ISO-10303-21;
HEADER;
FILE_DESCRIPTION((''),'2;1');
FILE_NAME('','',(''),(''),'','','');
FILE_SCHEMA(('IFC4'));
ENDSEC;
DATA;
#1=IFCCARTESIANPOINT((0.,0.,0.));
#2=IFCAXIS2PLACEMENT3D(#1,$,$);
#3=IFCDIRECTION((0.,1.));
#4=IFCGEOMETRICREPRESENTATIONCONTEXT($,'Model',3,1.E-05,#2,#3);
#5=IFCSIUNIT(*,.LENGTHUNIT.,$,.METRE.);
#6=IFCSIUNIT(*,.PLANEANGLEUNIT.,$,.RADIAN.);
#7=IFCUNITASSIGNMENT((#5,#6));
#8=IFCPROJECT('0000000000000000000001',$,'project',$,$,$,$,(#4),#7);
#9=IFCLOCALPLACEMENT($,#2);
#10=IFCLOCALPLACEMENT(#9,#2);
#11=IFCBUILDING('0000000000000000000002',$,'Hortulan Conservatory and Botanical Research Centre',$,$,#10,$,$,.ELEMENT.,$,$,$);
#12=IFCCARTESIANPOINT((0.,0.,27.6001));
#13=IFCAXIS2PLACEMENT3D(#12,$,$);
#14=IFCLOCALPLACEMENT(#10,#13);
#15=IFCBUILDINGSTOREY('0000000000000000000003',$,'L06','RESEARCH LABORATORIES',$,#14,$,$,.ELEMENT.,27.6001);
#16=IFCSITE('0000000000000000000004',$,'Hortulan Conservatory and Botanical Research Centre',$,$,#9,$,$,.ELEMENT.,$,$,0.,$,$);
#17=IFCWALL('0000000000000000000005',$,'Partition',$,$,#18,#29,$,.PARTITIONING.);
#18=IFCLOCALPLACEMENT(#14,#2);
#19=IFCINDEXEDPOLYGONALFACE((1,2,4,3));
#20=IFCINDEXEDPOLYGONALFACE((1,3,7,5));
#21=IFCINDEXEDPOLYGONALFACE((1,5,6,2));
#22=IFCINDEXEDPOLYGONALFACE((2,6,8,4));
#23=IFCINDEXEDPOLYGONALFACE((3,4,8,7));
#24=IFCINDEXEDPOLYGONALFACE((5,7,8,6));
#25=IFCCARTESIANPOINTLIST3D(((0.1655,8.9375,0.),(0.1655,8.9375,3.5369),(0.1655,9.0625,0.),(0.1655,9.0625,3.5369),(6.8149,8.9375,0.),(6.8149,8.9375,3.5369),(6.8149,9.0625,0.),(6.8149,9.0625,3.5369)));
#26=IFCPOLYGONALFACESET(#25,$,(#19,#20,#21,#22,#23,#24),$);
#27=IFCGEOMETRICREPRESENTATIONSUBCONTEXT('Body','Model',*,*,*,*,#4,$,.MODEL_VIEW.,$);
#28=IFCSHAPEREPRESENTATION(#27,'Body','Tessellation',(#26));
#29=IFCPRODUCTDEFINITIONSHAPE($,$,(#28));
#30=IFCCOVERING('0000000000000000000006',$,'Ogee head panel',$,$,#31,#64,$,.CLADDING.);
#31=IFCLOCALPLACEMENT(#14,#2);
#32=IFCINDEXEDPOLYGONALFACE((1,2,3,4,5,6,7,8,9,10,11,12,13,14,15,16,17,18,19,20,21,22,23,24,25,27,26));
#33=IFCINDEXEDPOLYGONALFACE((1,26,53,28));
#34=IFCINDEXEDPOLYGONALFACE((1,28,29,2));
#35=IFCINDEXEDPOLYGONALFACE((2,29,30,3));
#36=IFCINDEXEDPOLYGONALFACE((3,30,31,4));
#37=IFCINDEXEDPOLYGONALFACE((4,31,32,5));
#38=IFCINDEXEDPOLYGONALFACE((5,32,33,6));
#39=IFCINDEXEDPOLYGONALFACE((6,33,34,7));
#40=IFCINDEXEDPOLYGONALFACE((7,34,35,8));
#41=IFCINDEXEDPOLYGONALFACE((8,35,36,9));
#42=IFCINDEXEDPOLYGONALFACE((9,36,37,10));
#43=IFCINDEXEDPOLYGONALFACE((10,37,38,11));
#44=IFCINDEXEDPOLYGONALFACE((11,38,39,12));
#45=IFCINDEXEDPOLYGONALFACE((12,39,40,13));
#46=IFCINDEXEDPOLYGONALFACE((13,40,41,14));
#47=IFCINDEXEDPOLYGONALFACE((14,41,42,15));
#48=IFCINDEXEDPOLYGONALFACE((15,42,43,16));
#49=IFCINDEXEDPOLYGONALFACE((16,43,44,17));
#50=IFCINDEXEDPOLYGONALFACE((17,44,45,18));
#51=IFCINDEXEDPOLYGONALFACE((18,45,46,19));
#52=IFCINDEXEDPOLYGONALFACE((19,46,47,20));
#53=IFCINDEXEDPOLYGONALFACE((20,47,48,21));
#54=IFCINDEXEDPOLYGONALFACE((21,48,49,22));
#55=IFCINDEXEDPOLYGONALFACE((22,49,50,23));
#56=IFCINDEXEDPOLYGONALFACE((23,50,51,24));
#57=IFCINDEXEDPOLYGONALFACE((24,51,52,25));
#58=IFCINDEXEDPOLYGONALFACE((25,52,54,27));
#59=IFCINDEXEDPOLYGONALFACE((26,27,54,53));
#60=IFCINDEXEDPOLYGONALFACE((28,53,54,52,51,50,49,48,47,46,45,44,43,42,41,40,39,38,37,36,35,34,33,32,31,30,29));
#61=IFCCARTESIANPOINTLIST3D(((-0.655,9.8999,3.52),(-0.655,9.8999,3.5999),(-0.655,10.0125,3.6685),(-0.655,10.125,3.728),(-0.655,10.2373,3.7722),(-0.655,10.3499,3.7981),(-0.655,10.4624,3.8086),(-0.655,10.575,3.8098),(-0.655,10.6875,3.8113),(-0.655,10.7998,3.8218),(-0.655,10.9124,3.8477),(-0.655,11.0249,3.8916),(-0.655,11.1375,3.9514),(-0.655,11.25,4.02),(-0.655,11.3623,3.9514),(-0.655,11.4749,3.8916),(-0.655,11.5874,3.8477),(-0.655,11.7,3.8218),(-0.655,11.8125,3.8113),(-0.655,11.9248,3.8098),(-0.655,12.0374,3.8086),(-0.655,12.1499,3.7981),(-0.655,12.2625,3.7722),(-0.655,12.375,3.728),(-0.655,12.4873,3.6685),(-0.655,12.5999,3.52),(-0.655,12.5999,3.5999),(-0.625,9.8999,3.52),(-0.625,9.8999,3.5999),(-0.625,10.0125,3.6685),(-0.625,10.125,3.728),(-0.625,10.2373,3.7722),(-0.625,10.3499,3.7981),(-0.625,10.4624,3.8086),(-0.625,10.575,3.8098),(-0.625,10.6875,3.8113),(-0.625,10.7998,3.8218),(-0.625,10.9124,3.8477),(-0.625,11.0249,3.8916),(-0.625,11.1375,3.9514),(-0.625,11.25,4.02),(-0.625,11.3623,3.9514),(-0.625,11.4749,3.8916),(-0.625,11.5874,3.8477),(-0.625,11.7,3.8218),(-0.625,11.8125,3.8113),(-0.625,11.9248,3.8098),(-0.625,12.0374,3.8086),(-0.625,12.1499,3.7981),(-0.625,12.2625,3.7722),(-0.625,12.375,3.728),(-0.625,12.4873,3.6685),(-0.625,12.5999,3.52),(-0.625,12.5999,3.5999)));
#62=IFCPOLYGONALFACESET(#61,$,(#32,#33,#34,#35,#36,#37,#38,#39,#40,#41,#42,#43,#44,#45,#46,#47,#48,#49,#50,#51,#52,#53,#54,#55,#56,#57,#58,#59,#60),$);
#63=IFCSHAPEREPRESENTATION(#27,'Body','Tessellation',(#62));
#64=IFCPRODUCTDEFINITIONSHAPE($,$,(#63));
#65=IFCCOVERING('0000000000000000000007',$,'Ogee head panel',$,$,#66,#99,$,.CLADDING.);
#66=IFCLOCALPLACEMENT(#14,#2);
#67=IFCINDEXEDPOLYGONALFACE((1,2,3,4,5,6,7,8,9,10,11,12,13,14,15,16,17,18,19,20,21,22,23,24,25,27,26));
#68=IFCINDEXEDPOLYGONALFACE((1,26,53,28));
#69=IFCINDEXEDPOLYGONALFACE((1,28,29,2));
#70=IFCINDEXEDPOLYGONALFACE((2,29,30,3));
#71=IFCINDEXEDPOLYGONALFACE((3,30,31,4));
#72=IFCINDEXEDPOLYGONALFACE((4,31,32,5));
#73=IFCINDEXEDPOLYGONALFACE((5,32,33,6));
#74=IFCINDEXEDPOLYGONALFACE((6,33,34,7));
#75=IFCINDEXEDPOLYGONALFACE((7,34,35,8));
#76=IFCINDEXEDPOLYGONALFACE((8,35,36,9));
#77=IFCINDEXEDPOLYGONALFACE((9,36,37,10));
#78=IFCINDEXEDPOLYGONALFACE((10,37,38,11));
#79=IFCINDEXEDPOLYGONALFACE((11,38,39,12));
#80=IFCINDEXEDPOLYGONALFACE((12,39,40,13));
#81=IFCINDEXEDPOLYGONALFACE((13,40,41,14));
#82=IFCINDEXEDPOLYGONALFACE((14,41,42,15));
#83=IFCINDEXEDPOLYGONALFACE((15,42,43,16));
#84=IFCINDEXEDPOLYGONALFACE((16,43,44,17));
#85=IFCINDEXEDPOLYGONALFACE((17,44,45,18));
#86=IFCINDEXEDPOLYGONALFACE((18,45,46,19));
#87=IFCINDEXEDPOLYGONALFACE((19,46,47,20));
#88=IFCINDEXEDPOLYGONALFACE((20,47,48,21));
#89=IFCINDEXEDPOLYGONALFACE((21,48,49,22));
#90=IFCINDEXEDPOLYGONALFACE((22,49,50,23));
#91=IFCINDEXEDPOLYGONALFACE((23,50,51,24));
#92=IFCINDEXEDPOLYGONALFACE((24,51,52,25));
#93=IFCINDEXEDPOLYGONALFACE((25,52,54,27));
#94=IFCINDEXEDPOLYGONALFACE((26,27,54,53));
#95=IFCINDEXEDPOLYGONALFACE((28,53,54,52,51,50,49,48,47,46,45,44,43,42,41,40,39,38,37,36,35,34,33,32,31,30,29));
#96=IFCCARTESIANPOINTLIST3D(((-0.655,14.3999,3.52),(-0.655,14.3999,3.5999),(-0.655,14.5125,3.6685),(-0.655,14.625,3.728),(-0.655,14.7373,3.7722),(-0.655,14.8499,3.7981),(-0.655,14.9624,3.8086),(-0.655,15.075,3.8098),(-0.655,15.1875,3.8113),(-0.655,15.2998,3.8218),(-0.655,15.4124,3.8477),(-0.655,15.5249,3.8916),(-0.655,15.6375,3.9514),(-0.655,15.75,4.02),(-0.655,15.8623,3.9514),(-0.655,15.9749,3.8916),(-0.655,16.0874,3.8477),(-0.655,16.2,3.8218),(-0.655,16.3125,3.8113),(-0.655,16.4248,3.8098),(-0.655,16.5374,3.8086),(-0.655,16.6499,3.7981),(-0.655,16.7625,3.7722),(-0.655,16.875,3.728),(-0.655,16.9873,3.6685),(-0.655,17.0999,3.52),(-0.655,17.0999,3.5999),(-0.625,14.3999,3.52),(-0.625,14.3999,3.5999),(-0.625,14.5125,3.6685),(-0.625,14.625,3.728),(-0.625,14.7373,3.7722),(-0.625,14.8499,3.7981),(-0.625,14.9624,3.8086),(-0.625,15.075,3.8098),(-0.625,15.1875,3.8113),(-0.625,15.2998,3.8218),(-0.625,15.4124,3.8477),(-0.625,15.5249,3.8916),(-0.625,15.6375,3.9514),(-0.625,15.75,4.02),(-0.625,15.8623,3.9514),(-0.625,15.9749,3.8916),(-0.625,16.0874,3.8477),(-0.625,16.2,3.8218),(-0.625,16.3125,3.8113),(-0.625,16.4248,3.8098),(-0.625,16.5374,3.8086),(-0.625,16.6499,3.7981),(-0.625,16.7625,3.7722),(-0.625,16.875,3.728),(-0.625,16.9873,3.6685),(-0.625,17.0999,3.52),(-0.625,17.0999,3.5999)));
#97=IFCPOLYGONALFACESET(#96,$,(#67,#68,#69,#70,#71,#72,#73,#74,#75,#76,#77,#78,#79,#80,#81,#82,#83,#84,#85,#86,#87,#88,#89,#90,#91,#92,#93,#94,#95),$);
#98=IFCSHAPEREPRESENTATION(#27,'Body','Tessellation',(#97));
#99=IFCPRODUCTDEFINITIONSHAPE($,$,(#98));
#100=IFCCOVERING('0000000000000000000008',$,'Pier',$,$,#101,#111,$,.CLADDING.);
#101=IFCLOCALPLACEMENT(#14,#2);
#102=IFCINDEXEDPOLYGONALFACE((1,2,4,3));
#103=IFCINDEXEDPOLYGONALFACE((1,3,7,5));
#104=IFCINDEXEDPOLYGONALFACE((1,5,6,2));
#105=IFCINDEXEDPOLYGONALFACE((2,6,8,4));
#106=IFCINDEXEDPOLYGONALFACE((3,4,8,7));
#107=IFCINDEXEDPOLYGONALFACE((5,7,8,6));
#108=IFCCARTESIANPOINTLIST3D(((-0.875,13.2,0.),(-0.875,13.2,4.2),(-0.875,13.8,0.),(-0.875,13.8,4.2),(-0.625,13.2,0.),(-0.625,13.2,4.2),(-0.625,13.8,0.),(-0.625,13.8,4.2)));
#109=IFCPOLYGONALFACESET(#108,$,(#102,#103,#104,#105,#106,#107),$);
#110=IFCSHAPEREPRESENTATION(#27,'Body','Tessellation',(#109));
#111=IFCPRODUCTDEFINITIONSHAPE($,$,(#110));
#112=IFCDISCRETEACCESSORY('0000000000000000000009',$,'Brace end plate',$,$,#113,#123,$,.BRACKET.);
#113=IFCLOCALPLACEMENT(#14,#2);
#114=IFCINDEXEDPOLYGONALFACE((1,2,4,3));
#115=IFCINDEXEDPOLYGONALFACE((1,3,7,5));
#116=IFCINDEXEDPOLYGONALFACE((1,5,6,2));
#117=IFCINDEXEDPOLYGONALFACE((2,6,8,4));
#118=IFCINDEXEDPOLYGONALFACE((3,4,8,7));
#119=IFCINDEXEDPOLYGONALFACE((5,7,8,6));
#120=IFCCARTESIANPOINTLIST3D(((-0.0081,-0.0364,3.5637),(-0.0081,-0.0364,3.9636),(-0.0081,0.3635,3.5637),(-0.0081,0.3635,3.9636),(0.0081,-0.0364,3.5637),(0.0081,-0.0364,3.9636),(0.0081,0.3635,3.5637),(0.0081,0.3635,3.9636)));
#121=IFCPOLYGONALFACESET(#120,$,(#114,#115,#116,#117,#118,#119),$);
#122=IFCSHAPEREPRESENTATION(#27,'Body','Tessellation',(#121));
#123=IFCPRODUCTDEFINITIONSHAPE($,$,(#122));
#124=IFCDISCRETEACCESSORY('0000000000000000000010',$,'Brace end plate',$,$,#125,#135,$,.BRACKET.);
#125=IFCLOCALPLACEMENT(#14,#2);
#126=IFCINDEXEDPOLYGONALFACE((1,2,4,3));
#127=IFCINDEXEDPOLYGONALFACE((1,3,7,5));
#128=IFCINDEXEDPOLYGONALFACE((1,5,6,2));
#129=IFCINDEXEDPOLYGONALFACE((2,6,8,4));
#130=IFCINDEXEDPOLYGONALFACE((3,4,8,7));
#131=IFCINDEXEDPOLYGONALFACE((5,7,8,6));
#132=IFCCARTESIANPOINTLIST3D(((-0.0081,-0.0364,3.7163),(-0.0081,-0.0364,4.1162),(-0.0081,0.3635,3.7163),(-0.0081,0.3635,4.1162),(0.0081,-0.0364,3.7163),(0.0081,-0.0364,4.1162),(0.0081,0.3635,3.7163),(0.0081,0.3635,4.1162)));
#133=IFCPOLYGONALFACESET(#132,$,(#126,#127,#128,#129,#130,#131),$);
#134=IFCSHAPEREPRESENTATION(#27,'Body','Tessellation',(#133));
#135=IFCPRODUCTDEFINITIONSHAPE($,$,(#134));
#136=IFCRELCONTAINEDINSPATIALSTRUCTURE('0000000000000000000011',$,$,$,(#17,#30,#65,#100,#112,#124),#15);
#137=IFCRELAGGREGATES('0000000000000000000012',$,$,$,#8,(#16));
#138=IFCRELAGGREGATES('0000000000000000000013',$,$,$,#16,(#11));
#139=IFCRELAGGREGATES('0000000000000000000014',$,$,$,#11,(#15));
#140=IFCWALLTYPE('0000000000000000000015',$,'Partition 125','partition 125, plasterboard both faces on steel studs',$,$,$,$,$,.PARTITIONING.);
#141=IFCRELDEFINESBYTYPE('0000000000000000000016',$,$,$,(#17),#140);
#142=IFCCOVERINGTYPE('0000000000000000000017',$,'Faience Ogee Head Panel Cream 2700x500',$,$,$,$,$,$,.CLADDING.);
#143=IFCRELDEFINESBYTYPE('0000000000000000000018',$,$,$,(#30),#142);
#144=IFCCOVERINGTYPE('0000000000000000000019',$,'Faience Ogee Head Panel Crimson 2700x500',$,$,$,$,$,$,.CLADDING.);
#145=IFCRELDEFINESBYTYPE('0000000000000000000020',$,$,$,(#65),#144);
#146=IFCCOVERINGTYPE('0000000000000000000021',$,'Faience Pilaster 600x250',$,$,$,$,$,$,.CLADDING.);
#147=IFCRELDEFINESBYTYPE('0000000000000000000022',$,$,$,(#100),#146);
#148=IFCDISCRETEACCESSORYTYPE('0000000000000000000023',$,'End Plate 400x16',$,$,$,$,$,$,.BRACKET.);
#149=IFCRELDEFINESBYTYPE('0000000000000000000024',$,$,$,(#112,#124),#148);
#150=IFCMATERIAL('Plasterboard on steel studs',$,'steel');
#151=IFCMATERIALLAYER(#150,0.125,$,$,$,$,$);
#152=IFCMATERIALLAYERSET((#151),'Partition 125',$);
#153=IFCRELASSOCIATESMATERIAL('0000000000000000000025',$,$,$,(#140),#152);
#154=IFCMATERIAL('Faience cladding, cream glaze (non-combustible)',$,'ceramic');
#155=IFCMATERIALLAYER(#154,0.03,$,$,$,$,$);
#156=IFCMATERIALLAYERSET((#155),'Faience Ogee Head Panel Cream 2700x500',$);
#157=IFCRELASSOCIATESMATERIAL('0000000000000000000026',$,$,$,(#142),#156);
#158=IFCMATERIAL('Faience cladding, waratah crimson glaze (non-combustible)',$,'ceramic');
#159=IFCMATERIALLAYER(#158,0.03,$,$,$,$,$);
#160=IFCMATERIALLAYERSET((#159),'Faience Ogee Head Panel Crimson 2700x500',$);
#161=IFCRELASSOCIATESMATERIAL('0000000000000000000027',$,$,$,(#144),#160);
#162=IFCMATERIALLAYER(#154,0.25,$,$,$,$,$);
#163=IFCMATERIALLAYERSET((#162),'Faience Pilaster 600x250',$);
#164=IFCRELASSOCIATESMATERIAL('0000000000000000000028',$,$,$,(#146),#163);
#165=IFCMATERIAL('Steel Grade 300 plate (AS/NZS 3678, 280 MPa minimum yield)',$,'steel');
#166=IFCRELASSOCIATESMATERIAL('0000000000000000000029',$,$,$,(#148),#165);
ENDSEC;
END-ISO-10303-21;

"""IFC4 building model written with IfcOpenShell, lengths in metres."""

from ifc_helpers import new_model, si_unit, direction, frame, frame_2d, origin, origin_2d, place, context, subcontext, project, spatial, polyline, rectangle, outline, extrude, material, layer, layer_set, type_object, element, save


model = new_model("IFC4")

# Units and contexts
model_context = context("Model", 3, precision=1e-05, world=origin(), true_north=direction((0.0, 1.0)))
body_context = subcontext(model_context, "Body", "Model", "MODEL_VIEW")
ifc_project = project(units=[si_unit("LENGTHUNIT", "METRE"), si_unit("PLANEANGLEUNIT", "RADIAN")], contexts=[model_context])

# Site, building, storey
site_placement = place(None, origin())
site = spatial("IfcSite", under=ifc_project, at=site_placement, Name="Hortulan Conservatory and Botanical Research Centre", CompositionType="ELEMENT", RefElevation=0.0)
building_placement = place(site_placement, origin())
building = spatial("IfcBuilding", under=site, at=building_placement, Name="Hortulan Conservatory and Botanical Research Centre", CompositionType="ELEMENT")
storey_placement = place(building_placement, frame((0.0, 0.0, 27.6001)))
storey = spatial("IfcBuildingStorey", under=building, at=storey_placement, Name="L06", Description="RESEARCH LABORATORIES", CompositionType="ELEMENT", Elevation=27.6001)

# Shared definitions
ifc_material_1 = material(Name="Plasterboard on steel studs", Category="steel")

# Wall
ifc_layer_1 = layer(ifc_material_1, 0.125)
ifc_layer_set_1 = layer_set([ifc_layer_1], Name="Partition 125")
wall_type_1 = type_object("IfcWallType", Name="Partition 125", Description="partition 125, plasterboard both faces on steel studs", PredefinedType="PARTITIONING", material=ifc_layer_set_1)
wall_1_placement = place(storey_placement, frame((0.1655, 9.0, 0.0), z_axis=(0.0, 0.0, 1.0), x_axis=(1.0, 0.0, 0.0)))
element("IfcWall", 1, at=wall_1_placement, inside=storey, type_object=wall_type_1, Name="Partition", PredefinedType="PARTITIONING", context=body_context, shape_type="SweptSolid", body=[
    extrude(rectangle(XDim=6.6494, YDim=0.125, at=frame_2d((3.3247, 0.0))), origin(), (0.0, 0.0, 1.0), 3.5369),
])

# Coverings
ifc_material_2 = material(Name="Faience cladding, cream glaze (non-combustible)", Category="ceramic")
ifc_layer_2 = layer(ifc_material_2, 0.03)
ifc_layer_set_2 = layer_set([ifc_layer_2], Name="Faience Ogee Head Panel Cream 2700x500")
covering_type_1 = type_object("IfcCoveringType", Name="Faience Ogee Head Panel Cream 2700x500", PredefinedType="CLADDING", material=ifc_layer_set_2)
covering_1_placement = place(storey_placement, frame((-0.6399, 9.8999, 3.52), z_axis=(0.0, 0.0, 1.0), x_axis=(0.0, 1.0, 0.0)))
element("IfcCovering", 2, at=covering_1_placement, inside=storey, type_object=covering_type_1, Name="Ogee head panel", PredefinedType="CLADDING", context=body_context, shape_type="SweptSolid", body=[
    extrude(outline(polyline([(0.0, 0.0), (2.7, 0.0), (2.7, 0.0798), (2.5874, 0.1484), (2.4751, 0.208), (2.3625, 0.2522), (2.25, 0.2781), (2.1375, 0.2886), (2.0249, 0.2898), (1.9126, 0.2913), (1.8, 0.3018), (1.6875, 0.3276), (1.575, 0.3716), (1.4624, 0.4314), (1.3501, 0.5), (1.2375, 0.4314), (1.125, 0.3716), (1.0125, 0.3276), (0.8999, 0.3018), (0.7876, 0.2913), (0.675, 0.2898), (0.5625, 0.2886), (0.45, 0.2781), (0.3374, 0.2522), (0.2251, 0.208), (0.1125, 0.1484), (0.0, 0.0798), (0.0, 0.0)])), frame((0.0, 0.0151, 0.0), z_axis=(0.0, -1.0, 0.0), x_axis=(1.0, 0.0, 0.0)), (0.0, 0.0, 1.0), 0.03),
])
ifc_material_3 = material(Name="Faience cladding, waratah crimson glaze (non-combustible)", Category="ceramic")
ifc_layer_3 = layer(ifc_material_3, 0.03)
ifc_layer_set_3 = layer_set([ifc_layer_3], Name="Faience Ogee Head Panel Crimson 2700x500")
covering_type_2 = type_object("IfcCoveringType", Name="Faience Ogee Head Panel Crimson 2700x500", PredefinedType="CLADDING", material=ifc_layer_set_3)
covering_2_placement = place(storey_placement, frame((-0.6399, 14.3999, 3.52), z_axis=(0.0, 0.0, 1.0), x_axis=(0.0, 1.0, 0.0)))
element("IfcCovering", 3, at=covering_2_placement, inside=storey, type_object=covering_type_2, Name="Ogee head panel", PredefinedType="CLADDING", context=body_context, shape_type="SweptSolid", body=[
    extrude(outline(polyline([(0.0, 0.0), (2.7, 0.0), (2.7, 0.0798), (2.5874, 0.1484), (2.4751, 0.208), (2.3625, 0.2522), (2.25, 0.2781), (2.1375, 0.2886), (2.0249, 0.2898), (1.9126, 0.2913), (1.8, 0.3018), (1.6875, 0.3276), (1.575, 0.3716), (1.4624, 0.4314), (1.3501, 0.5), (1.2375, 0.4314), (1.125, 0.3716), (1.0125, 0.3276), (0.8999, 0.3018), (0.7876, 0.2913), (0.675, 0.2898), (0.5625, 0.2886), (0.45, 0.2781), (0.3374, 0.2522), (0.2251, 0.208), (0.1125, 0.1484), (0.0, 0.0798), (0.0, 0.0)])), frame((0.0, 0.0151, 0.0), z_axis=(0.0, -1.0, 0.0), x_axis=(1.0, 0.0, 0.0)), (0.0, 0.0, 1.0), 0.03),
])
ifc_layer_4 = layer(ifc_material_2, 0.25)
ifc_layer_set_4 = layer_set([ifc_layer_4], Name="Faience Pilaster 600x250")
covering_type_3 = type_object("IfcCoveringType", Name="Faience Pilaster 600x250", PredefinedType="CLADDING", material=ifc_layer_set_4)
covering_3_placement = place(storey_placement, frame((-0.75, 13.5, 0.0), z_axis=(0.0, 0.0, 1.0), x_axis=(0.0, 1.0, 0.0)))
element("IfcCovering", 4, at=covering_3_placement, inside=storey, type_object=covering_type_3, Name="Pier", PredefinedType="CLADDING", context=body_context, shape_type="SweptSolid", body=[
    extrude(rectangle(XDim=0.6001, YDim=0.25, at=origin_2d()), origin(), (0.0, 0.0, 1.0), 4.2),
])

# Discrete accessories
ifc_material_4 = material(Name="Steel Grade 300 plate (AS/NZS 3678, 280 MPa minimum yield)", Category="steel")
discrete_accessory_type = type_object("IfcDiscreteAccessoryType", Name="End Plate 400x16", PredefinedType="BRACKET", material=ifc_material_4)
for number, where, z_axis, x_axis, name in (
    (5, (0.0, 0.1636, 3.5637), (0.0, 0.0, 1.0), (0.0, -1.0, 0.0), "Brace end plate"),
    (6, (0.0, 0.1636, 3.7163), (0.0, 0.0, 1.0), (0.0, -1.0, 0.0), "Brace end plate"),
):
    element("IfcDiscreteAccessory", number, at=place(storey_placement, frame(where, z_axis=z_axis, x_axis=x_axis)), inside=storey, type_object=discrete_accessory_type, Name=name, PredefinedType="BRACKET", context=body_context, shape_type="SweptSolid", body=[
        extrude(rectangle(XDim=0.3999, YDim=0.0161, at=origin_2d()), origin(), (0.0, 0.0, 1.0), 0.3999),
    ])

save(model, "model.ifc")
